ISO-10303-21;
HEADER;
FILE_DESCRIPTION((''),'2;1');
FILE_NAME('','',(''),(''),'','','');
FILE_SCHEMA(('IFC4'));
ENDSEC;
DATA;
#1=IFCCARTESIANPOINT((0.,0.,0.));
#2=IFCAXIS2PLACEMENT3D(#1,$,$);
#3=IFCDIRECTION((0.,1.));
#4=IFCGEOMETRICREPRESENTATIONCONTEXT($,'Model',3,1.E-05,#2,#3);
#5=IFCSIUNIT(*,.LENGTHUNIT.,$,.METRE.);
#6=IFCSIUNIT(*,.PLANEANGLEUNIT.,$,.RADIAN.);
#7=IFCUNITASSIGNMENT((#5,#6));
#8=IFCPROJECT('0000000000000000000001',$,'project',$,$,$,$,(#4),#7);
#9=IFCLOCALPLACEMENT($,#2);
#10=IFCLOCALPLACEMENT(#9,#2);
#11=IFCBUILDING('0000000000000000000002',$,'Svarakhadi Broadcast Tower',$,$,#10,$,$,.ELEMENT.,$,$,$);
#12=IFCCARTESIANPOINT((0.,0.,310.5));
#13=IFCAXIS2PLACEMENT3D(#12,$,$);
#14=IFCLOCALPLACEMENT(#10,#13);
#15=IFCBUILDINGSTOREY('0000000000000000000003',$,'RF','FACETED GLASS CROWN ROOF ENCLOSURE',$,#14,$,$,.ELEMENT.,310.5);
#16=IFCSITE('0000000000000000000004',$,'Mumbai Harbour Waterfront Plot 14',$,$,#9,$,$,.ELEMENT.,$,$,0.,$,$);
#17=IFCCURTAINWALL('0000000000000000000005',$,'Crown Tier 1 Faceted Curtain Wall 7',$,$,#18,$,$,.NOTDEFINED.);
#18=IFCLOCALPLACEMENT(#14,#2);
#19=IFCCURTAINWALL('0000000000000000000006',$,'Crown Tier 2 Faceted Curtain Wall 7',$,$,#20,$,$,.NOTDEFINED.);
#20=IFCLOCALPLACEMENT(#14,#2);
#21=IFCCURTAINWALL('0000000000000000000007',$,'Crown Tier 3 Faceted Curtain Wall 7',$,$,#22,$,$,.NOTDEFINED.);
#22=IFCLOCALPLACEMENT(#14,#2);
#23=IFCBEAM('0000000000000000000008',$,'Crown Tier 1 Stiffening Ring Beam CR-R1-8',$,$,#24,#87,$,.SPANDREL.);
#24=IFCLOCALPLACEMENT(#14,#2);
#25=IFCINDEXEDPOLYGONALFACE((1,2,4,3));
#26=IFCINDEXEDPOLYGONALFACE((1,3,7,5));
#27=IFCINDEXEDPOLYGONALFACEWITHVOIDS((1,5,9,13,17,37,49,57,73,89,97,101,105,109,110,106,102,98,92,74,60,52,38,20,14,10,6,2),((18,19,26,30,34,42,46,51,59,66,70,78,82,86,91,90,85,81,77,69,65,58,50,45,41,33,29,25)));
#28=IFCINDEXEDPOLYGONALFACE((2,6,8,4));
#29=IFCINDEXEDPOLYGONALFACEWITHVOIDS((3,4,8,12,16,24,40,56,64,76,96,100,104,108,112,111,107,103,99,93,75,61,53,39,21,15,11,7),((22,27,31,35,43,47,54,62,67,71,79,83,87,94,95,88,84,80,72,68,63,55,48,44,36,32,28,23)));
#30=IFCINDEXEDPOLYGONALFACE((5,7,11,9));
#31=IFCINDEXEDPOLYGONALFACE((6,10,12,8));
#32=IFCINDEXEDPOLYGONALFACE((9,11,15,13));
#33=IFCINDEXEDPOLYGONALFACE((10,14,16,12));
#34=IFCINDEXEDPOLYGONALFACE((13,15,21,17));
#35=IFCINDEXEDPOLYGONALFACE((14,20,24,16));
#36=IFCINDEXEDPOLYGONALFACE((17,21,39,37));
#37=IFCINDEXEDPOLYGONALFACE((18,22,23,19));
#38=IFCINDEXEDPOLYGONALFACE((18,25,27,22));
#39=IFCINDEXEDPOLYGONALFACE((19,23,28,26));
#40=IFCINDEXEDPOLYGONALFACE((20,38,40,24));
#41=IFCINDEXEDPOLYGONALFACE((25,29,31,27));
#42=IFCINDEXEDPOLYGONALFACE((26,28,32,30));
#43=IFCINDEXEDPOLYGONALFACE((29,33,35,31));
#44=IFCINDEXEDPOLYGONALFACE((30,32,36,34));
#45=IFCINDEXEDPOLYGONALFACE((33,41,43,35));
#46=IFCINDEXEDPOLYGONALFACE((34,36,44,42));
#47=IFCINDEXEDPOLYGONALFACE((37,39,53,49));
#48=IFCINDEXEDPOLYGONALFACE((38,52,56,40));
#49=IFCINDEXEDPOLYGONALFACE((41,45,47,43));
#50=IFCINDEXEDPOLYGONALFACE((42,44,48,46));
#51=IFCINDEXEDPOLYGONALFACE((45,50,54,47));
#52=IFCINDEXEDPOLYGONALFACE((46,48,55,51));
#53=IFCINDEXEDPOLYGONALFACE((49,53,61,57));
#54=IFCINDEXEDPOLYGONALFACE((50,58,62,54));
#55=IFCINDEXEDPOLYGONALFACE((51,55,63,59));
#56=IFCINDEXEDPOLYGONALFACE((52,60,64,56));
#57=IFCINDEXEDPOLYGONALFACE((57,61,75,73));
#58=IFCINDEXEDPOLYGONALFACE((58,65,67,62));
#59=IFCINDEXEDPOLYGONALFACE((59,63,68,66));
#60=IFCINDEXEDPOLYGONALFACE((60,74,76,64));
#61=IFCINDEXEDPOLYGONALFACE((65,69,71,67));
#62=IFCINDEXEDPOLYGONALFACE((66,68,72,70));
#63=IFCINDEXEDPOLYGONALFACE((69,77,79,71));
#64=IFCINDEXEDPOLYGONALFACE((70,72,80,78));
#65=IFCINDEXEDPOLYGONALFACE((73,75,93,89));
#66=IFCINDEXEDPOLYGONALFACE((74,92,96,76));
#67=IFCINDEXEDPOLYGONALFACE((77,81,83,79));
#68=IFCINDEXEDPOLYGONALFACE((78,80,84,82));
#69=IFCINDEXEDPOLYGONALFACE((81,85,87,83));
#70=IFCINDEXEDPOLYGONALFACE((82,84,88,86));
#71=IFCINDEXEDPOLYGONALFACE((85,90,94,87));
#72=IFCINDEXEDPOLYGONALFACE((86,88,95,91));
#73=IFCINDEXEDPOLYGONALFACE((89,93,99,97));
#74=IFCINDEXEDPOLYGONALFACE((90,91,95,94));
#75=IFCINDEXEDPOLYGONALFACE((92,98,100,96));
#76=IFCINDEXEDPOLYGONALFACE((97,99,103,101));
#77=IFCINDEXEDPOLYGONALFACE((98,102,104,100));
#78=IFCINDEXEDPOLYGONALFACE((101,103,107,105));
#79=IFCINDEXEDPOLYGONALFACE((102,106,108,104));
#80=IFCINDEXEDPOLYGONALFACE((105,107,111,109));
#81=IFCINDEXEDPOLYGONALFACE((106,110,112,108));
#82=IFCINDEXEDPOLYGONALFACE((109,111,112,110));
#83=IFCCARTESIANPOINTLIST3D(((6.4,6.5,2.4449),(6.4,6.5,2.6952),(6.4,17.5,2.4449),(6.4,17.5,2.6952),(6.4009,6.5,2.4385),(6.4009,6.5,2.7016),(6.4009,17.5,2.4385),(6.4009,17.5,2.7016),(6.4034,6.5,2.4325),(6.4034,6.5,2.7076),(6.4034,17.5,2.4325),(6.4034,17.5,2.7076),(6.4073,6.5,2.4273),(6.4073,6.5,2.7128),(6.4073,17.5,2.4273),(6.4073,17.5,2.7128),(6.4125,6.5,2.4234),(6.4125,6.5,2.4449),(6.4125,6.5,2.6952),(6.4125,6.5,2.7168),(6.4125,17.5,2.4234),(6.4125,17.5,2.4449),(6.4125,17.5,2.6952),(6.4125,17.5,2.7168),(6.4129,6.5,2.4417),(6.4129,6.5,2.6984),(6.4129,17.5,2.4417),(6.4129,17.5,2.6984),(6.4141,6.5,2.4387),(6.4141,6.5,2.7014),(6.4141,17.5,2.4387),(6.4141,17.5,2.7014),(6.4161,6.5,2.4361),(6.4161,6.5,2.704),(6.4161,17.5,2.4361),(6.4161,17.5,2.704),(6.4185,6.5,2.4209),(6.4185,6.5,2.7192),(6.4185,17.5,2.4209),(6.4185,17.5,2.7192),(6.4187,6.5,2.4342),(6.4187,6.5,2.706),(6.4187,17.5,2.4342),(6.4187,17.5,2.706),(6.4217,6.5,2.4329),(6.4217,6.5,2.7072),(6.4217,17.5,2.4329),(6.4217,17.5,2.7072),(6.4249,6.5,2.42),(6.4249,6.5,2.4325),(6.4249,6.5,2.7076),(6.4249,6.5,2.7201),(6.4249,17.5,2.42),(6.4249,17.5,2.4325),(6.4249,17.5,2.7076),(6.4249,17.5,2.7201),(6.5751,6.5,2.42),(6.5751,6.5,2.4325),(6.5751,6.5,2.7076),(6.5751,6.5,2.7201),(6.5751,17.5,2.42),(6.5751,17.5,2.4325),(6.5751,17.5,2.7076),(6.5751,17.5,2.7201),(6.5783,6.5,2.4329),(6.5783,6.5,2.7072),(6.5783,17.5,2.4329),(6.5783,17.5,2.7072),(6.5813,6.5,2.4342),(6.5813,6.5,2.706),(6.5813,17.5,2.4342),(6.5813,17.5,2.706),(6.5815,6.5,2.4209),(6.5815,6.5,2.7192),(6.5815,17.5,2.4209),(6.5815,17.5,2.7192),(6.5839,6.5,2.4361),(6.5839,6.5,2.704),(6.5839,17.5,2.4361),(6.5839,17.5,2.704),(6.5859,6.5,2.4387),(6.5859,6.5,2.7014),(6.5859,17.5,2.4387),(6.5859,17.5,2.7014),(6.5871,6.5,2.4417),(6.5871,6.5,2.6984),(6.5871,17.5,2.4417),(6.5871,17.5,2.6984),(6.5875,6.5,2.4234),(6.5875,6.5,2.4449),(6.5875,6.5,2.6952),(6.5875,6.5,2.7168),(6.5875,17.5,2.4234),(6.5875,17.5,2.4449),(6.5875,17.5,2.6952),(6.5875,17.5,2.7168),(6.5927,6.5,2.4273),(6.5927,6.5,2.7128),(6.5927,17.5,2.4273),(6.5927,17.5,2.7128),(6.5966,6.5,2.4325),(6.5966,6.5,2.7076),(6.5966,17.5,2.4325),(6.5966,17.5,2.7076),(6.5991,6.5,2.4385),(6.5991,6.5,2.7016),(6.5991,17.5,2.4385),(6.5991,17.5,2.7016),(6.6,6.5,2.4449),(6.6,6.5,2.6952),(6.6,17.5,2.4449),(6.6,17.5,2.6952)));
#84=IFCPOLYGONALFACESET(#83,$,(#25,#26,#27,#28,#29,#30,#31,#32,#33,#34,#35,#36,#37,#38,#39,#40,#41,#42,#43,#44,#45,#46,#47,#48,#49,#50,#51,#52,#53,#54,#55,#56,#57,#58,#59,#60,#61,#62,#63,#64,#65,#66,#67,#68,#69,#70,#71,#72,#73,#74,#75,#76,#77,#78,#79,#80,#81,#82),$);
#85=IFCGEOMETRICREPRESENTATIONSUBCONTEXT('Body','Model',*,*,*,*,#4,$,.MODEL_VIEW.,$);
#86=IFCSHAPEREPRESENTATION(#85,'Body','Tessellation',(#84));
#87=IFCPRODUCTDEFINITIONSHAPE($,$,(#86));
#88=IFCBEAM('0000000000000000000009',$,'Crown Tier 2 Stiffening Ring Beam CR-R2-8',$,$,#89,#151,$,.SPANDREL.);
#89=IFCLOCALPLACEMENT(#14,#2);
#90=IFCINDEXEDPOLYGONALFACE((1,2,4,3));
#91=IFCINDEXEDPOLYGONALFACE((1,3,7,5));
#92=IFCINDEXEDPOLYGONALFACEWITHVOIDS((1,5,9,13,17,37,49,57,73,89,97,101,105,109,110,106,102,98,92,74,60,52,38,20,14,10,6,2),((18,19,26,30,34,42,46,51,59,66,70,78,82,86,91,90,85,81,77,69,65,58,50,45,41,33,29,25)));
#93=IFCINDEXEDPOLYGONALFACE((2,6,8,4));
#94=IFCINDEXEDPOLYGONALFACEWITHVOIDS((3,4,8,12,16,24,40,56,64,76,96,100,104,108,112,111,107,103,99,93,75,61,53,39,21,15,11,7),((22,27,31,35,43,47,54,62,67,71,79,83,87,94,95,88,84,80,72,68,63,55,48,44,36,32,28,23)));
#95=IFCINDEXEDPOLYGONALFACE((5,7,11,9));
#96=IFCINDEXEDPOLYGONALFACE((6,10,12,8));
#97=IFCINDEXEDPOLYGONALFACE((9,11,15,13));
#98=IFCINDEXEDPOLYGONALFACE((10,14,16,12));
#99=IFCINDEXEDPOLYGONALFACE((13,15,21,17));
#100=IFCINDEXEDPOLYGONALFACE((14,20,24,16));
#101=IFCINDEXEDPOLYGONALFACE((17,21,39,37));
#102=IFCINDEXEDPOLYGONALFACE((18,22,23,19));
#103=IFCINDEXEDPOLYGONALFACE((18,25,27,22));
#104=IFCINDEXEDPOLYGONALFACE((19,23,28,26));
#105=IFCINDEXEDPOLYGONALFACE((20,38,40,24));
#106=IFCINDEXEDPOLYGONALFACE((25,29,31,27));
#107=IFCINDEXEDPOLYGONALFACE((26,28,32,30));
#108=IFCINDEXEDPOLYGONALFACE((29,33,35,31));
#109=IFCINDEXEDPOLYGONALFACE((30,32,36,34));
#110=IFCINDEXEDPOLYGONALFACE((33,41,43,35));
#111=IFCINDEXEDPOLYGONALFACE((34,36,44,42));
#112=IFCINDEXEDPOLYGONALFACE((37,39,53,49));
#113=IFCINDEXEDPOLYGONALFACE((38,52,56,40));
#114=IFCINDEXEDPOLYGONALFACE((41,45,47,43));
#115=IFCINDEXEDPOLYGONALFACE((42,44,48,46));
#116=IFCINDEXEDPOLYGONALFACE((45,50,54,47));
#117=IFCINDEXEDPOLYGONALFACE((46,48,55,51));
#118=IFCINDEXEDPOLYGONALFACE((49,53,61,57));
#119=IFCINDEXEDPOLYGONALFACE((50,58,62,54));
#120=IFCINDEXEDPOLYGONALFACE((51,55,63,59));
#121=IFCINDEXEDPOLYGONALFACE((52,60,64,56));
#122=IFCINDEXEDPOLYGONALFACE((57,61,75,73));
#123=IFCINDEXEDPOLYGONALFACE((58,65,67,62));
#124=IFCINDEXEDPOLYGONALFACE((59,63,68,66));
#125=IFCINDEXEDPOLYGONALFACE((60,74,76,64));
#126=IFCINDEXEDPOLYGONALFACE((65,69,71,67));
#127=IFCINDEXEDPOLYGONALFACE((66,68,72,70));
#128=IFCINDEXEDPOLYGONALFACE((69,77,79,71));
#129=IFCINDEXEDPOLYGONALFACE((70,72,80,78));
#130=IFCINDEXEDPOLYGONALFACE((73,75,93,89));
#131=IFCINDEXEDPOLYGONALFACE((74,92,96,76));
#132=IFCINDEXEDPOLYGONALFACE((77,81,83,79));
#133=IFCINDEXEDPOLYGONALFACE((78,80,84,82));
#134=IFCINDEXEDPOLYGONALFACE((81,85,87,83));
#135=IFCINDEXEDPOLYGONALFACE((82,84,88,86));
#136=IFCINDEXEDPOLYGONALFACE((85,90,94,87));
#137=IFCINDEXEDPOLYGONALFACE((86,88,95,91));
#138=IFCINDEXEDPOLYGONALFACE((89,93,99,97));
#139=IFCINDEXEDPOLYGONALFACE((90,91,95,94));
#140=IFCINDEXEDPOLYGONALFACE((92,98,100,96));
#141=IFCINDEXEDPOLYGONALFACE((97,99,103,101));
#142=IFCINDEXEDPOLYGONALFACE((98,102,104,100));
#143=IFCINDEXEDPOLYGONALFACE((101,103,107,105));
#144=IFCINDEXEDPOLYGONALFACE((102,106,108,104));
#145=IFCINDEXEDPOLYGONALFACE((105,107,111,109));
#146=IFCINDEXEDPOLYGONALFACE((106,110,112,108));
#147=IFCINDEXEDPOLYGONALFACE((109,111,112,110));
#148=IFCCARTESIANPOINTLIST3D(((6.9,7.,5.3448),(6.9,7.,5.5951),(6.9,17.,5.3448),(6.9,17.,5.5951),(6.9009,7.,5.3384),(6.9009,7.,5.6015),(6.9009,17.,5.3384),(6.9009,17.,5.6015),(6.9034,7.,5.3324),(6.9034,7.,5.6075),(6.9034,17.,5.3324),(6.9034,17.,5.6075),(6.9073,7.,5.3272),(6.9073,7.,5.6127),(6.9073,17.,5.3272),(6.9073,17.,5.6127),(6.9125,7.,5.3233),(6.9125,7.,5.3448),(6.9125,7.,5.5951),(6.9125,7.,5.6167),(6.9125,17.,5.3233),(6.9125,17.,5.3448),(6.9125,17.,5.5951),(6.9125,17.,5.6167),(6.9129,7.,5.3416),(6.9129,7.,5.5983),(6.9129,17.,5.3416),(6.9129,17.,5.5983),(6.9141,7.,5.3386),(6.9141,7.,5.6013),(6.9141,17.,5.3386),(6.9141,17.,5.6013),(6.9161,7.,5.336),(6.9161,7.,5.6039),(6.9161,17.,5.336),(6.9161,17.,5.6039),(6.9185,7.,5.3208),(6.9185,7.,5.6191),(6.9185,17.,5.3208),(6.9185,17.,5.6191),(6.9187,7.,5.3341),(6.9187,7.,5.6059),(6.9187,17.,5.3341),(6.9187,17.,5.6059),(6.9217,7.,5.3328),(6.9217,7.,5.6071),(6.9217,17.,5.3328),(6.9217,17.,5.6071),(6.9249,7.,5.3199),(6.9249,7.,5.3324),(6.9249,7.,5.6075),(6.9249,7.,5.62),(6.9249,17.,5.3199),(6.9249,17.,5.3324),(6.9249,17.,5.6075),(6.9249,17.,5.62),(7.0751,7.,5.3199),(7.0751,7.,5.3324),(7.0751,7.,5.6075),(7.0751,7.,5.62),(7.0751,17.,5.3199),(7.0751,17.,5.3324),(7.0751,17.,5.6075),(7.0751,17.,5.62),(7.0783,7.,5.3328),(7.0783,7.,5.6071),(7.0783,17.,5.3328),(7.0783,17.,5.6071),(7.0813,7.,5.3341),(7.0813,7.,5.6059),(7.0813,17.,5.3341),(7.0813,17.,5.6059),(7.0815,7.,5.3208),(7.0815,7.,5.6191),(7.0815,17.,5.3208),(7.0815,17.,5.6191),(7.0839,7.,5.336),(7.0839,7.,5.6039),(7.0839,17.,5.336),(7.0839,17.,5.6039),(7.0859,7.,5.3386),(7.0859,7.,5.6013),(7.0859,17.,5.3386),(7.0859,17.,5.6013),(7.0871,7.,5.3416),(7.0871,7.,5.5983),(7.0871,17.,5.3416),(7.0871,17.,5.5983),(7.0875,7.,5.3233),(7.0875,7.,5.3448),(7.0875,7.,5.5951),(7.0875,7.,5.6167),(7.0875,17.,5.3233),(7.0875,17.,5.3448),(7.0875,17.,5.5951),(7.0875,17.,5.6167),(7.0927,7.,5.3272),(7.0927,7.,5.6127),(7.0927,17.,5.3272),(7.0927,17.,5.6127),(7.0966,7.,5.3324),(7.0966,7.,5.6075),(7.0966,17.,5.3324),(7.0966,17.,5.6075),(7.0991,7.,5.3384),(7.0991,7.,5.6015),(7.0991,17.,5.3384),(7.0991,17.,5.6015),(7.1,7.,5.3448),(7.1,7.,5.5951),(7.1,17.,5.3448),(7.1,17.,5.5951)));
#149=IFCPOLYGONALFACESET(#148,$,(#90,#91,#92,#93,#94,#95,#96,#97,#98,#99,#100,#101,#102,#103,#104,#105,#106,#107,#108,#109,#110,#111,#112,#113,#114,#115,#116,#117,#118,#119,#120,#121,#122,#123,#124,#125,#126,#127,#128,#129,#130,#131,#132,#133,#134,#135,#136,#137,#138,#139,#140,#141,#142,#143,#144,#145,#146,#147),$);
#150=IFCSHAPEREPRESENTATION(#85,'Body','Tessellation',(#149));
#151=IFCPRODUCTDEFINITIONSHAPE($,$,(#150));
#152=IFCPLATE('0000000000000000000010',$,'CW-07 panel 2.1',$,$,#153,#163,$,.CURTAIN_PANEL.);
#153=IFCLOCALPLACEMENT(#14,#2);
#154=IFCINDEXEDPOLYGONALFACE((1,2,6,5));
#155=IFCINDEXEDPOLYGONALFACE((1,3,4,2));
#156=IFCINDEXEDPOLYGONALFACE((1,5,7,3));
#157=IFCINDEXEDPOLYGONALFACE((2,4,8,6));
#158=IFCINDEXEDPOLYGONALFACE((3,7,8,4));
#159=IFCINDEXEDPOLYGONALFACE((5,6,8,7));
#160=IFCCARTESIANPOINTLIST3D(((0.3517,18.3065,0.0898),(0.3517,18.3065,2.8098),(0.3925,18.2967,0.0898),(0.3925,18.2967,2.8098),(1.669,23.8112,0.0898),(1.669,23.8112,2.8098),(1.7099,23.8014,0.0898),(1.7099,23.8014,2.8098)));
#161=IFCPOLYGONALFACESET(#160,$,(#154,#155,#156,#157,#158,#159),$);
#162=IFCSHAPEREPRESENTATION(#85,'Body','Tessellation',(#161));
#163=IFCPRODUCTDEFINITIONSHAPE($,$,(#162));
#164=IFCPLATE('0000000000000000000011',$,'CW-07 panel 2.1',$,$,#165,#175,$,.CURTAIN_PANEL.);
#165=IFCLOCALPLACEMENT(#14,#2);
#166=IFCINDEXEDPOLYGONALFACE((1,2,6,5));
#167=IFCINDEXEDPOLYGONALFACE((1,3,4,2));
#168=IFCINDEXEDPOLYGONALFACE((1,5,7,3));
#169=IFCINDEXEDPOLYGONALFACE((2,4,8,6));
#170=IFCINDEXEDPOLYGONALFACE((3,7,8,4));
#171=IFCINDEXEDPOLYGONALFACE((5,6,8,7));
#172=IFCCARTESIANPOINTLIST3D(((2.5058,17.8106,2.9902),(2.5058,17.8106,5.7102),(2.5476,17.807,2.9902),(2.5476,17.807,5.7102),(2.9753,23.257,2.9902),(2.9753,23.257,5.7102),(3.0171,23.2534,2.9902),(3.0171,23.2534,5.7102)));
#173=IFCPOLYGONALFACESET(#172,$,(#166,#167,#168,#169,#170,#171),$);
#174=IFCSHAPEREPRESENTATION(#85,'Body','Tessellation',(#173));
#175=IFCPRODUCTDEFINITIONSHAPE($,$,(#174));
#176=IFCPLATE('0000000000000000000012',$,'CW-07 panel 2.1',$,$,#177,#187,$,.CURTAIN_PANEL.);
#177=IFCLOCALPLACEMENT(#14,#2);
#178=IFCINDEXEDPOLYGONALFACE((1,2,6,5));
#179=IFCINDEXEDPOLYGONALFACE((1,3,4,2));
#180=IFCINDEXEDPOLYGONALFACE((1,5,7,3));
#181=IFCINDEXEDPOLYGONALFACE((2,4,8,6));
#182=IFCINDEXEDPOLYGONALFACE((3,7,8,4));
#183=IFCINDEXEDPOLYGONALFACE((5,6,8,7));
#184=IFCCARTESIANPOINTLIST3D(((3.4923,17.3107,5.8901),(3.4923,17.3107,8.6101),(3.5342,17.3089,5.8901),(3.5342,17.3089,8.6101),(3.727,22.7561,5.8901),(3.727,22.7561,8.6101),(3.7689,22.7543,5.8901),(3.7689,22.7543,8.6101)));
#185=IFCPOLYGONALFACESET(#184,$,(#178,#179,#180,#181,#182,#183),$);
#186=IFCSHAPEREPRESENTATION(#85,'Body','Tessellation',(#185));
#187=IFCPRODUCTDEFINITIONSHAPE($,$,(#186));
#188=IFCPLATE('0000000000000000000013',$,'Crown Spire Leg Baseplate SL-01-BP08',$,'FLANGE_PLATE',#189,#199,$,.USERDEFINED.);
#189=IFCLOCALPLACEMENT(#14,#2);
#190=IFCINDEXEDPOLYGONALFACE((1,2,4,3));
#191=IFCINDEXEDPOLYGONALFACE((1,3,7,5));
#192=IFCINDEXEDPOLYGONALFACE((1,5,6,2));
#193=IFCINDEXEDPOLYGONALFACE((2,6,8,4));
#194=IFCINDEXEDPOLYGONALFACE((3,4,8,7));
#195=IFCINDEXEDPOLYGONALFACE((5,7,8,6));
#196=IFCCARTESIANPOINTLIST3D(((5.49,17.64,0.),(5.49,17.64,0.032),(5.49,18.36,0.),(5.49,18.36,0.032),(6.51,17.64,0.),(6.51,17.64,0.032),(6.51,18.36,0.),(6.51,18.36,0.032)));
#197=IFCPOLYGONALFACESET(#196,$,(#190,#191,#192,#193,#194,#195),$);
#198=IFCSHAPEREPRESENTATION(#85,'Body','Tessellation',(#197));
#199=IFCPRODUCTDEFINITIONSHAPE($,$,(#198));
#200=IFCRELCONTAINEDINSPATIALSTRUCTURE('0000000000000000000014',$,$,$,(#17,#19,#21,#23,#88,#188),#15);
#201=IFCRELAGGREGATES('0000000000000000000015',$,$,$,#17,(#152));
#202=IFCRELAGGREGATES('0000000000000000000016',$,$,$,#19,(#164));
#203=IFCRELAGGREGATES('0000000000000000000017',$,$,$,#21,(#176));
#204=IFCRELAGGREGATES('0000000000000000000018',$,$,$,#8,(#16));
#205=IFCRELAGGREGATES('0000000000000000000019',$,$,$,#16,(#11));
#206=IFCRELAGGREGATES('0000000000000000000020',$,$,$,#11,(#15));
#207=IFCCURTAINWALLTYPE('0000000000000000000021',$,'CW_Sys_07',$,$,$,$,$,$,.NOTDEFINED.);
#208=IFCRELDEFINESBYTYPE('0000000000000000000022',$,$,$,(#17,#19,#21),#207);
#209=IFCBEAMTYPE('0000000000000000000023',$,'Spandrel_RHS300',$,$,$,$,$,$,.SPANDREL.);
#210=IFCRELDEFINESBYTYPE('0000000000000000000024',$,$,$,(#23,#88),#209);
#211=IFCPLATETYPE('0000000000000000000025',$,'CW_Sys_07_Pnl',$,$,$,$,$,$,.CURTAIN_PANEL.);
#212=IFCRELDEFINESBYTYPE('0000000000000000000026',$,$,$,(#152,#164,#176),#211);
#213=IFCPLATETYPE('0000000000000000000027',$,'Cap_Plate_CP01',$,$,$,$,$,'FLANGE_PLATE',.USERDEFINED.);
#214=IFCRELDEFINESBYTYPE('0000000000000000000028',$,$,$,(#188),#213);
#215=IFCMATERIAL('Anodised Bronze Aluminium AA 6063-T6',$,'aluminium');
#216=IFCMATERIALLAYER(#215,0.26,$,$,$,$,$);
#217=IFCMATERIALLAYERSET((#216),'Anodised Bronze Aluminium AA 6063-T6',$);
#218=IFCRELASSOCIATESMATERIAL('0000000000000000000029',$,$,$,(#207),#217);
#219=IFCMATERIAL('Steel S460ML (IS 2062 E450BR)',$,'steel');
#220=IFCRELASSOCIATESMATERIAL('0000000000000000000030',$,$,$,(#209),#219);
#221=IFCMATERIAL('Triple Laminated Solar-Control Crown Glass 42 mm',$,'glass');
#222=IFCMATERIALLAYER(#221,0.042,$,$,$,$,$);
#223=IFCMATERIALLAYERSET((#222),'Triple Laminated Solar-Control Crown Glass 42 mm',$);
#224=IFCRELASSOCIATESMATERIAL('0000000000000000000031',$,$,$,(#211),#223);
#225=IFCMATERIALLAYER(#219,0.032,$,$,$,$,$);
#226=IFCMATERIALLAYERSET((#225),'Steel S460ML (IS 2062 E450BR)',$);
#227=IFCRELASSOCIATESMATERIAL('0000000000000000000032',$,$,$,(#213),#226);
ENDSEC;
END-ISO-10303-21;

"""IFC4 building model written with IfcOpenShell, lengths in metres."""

from ifc_helpers import new_model, si_unit, direction, frame, origin, origin_2d, place, context, subcontext, project, spatial, rectangle, hollow_rectangle, extrude, material, layer, layer_set, material_profile, profile_set, type_object, element, aggregate, save


model = new_model("IFC4")

# Units and contexts
model_context = context("Model", 3, precision=1e-05, world=origin(), true_north=direction((0.0, 1.0)))
body_context = subcontext(model_context, "Body", "Model", "MODEL_VIEW")
ifc_project = project(units=[si_unit("LENGTHUNIT", "METRE"), si_unit("PLANEANGLEUNIT", "RADIAN")], contexts=[model_context])

# Site, building, storey
site_placement = place(None, origin())
site = spatial("IfcSite", under=ifc_project, at=site_placement, Name="Mumbai Harbour Waterfront Plot 14", CompositionType="ELEMENT", RefElevation=0.0)
building_placement = place(site_placement, origin())
building = spatial("IfcBuilding", under=site, at=building_placement, Name="Svarakhadi Broadcast Tower", CompositionType="ELEMENT")
storey_placement = place(building_placement, frame((0.0, 0.0, 310.5)))
storey = spatial("IfcBuildingStorey", under=building, at=storey_placement, Name="RF", Description="FACETED GLASS CROWN ROOF ENCLOSURE", CompositionType="ELEMENT", Elevation=310.5)

# Shared definitions
ifc_material_1 = material(Name="Steel S460ML (IS 2062 E450BR)", Category="steel")

# Curtain walls
ifc_material_2 = material(Name="Anodised Bronze Aluminium AA 6063-T6", Category="aluminium")
ifc_layer_1 = layer(ifc_material_2, 0.26)
ifc_layer_set_1 = layer_set([ifc_layer_1], Name="Anodised Bronze Aluminium AA 6063-T6")
curtain_wall_type = type_object("IfcCurtainWallType", Name="CW_Sys_07", PredefinedType="NOTDEFINED", material=ifc_layer_set_1)
curtain_wall_1_placement = place(storey_placement, origin())
curtain_wall_1 = element("IfcCurtainWall", 1, at=curtain_wall_1_placement, inside=storey, type_object=curtain_wall_type, Name="Crown Tier 1 Faceted Curtain Wall 7", PredefinedType="NOTDEFINED")
curtain_wall_2_placement = place(storey_placement, origin())
curtain_wall_2 = element("IfcCurtainWall", 2, at=curtain_wall_2_placement, inside=storey, type_object=curtain_wall_type, Name="Crown Tier 2 Faceted Curtain Wall 7", PredefinedType="NOTDEFINED")

# Curtain wall
curtain_wall_3_placement = place(storey_placement, origin())
curtain_wall_3 = element("IfcCurtainWall", 3, at=curtain_wall_3_placement, inside=storey, type_object=curtain_wall_type, Name="Crown Tier 3 Faceted Curtain Wall 7", PredefinedType="NOTDEFINED")

# Beams
ifc_material_profile_1 = material_profile(ifc_material_1, hollow_rectangle(XDim=0.2, YDim=0.3, WallThickness=0.0125, InnerFilletRadius=0.0125, OuterFilletRadius=0.0249, at=origin_2d()), Name="RHS 300x200x12.5")
ifc_profile_set_1 = profile_set([ifc_material_profile_1], Name="Steel S460ML (IS 2062 E450BR)")
beam_type_1 = type_object("IfcBeamType", Name="Spandrel_RHS300", PredefinedType="SPANDREL", material=ifc_profile_set_1)
beam_1_placement = place(storey_placement, frame((6.5, 17.5, 2.5701), z_axis=(0.0, -1.0, 0.0), x_axis=(1.0, 0.0, 0.0)))
element("IfcBeam", 4, at=beam_1_placement, inside=storey, type_object=beam_type_1, Name="Crown Tier 1 Stiffening Ring Beam CR-R1-8", PredefinedType="SPANDREL", context=body_context, shape_type="SweptSolid", body=[
    extrude(hollow_rectangle(XDim=0.2, YDim=0.3, WallThickness=0.0125, InnerFilletRadius=0.0125, OuterFilletRadius=0.0249, at=origin_2d()), origin(), (0.0, 0.0, 1.0), 11.0),
])
beam_2_placement = place(storey_placement, frame((7.0, 17.0, 5.47), z_axis=(0.0, -1.0, 0.0), x_axis=(1.0, 0.0, 0.0)))
element("IfcBeam", 5, at=beam_2_placement, inside=storey, type_object=beam_type_1, Name="Crown Tier 2 Stiffening Ring Beam CR-R2-8", PredefinedType="SPANDREL", context=body_context, shape_type="SweptSolid", body=[
    extrude(hollow_rectangle(XDim=0.2, YDim=0.3, WallThickness=0.0125, InnerFilletRadius=0.0125, OuterFilletRadius=0.0249, at=origin_2d()), origin(), (0.0, 0.0, 1.0), 10.0),
])

# Plates
ifc_material_3 = material(Name="Triple Laminated Solar-Control Crown Glass 42 mm", Category="glass")
ifc_layer_2 = layer(ifc_material_3, 0.042)
ifc_layer_set_2 = layer_set([ifc_layer_2], Name="Triple Laminated Solar-Control Crown Glass 42 mm")
plate_type_1 = type_object("IfcPlateType", Name="CW_Sys_07_Pnl", PredefinedType="CURTAIN_PANEL", material=ifc_layer_set_2)
plate_1_placement = place(storey_placement, frame((1.0308, 21.054, 0.0898), z_axis=(0.0, 0.0, 1.0), x_axis=(-0.232746, -0.972537, 0.0)))
plate_1 = element("IfcPlate", 6, at=plate_1_placement, type_object=plate_type_1, Name="CW-07 panel 2.1", PredefinedType="CURTAIN_PANEL", context=body_context, shape_type="SweptSolid", body=[
    extrude(rectangle(XDim=5.6602, YDim=0.042, at=origin_2d()), origin(), (0.0, 0.0, 1.0), 2.72),
])
aggregate(curtain_wall_1, [plate_1])
plate_2_placement = place(storey_placement, frame((2.7615, 20.532, 2.9902), z_axis=(0.0, 0.0, 1.0), x_axis=(-0.085888, -0.996305, 0.0)))
plate_2 = element("IfcPlate", 7, at=plate_2_placement, type_object=plate_type_1, Name="CW-07 panel 2.1", PredefinedType="CURTAIN_PANEL", context=body_context, shape_type="SweptSolid", body=[
    extrude(rectangle(XDim=5.4666, YDim=0.042, at=origin_2d()), origin(), (0.0, 0.0, 1.0), 2.72),
])
aggregate(curtain_wall_2, [plate_2])
plate_3_placement = place(storey_placement, frame((3.6306, 20.0325, 5.8901), z_axis=(0.0, 0.0, 1.0), x_axis=(-0.043059, -0.999073, 0.0)))
plate_3 = element("IfcPlate", 8, at=plate_3_placement, type_object=plate_type_1, Name="CW-07 panel 2.1", PredefinedType="CURTAIN_PANEL", context=body_context, shape_type="SweptSolid", body=[
    extrude(rectangle(XDim=5.4504, YDim=0.042, at=origin_2d()), origin(), (0.0, 0.0, 1.0), 2.72),
])
aggregate(curtain_wall_3, [plate_3])

# Plate
ifc_layer_3 = layer(ifc_material_1, 0.032)
ifc_layer_set_3 = layer_set([ifc_layer_3], Name="Steel S460ML (IS 2062 E450BR)")
plate_type_2 = type_object("IfcPlateType", Name="Cap_Plate_CP01", ElementType="FLANGE_PLATE", PredefinedType="USERDEFINED", material=ifc_layer_set_3)
plate_4_placement = place(storey_placement, frame((6.0, 18.0, 0.0), z_axis=(0.0, 0.0, 1.0), x_axis=(1.0, 0.0, 0.0)))
element("IfcPlate", 9, at=plate_4_placement, inside=storey, type_object=plate_type_2, Name="Crown Spire Leg Baseplate SL-01-BP08", ObjectType="FLANGE_PLATE", PredefinedType="USERDEFINED", context=body_context, shape_type="SweptSolid", body=[
    extrude(rectangle(XDim=1.02, YDim=0.72, at=origin_2d()), origin(), (0.0, 0.0, 1.0), 0.032),
])

save(model, "model.ifc")
